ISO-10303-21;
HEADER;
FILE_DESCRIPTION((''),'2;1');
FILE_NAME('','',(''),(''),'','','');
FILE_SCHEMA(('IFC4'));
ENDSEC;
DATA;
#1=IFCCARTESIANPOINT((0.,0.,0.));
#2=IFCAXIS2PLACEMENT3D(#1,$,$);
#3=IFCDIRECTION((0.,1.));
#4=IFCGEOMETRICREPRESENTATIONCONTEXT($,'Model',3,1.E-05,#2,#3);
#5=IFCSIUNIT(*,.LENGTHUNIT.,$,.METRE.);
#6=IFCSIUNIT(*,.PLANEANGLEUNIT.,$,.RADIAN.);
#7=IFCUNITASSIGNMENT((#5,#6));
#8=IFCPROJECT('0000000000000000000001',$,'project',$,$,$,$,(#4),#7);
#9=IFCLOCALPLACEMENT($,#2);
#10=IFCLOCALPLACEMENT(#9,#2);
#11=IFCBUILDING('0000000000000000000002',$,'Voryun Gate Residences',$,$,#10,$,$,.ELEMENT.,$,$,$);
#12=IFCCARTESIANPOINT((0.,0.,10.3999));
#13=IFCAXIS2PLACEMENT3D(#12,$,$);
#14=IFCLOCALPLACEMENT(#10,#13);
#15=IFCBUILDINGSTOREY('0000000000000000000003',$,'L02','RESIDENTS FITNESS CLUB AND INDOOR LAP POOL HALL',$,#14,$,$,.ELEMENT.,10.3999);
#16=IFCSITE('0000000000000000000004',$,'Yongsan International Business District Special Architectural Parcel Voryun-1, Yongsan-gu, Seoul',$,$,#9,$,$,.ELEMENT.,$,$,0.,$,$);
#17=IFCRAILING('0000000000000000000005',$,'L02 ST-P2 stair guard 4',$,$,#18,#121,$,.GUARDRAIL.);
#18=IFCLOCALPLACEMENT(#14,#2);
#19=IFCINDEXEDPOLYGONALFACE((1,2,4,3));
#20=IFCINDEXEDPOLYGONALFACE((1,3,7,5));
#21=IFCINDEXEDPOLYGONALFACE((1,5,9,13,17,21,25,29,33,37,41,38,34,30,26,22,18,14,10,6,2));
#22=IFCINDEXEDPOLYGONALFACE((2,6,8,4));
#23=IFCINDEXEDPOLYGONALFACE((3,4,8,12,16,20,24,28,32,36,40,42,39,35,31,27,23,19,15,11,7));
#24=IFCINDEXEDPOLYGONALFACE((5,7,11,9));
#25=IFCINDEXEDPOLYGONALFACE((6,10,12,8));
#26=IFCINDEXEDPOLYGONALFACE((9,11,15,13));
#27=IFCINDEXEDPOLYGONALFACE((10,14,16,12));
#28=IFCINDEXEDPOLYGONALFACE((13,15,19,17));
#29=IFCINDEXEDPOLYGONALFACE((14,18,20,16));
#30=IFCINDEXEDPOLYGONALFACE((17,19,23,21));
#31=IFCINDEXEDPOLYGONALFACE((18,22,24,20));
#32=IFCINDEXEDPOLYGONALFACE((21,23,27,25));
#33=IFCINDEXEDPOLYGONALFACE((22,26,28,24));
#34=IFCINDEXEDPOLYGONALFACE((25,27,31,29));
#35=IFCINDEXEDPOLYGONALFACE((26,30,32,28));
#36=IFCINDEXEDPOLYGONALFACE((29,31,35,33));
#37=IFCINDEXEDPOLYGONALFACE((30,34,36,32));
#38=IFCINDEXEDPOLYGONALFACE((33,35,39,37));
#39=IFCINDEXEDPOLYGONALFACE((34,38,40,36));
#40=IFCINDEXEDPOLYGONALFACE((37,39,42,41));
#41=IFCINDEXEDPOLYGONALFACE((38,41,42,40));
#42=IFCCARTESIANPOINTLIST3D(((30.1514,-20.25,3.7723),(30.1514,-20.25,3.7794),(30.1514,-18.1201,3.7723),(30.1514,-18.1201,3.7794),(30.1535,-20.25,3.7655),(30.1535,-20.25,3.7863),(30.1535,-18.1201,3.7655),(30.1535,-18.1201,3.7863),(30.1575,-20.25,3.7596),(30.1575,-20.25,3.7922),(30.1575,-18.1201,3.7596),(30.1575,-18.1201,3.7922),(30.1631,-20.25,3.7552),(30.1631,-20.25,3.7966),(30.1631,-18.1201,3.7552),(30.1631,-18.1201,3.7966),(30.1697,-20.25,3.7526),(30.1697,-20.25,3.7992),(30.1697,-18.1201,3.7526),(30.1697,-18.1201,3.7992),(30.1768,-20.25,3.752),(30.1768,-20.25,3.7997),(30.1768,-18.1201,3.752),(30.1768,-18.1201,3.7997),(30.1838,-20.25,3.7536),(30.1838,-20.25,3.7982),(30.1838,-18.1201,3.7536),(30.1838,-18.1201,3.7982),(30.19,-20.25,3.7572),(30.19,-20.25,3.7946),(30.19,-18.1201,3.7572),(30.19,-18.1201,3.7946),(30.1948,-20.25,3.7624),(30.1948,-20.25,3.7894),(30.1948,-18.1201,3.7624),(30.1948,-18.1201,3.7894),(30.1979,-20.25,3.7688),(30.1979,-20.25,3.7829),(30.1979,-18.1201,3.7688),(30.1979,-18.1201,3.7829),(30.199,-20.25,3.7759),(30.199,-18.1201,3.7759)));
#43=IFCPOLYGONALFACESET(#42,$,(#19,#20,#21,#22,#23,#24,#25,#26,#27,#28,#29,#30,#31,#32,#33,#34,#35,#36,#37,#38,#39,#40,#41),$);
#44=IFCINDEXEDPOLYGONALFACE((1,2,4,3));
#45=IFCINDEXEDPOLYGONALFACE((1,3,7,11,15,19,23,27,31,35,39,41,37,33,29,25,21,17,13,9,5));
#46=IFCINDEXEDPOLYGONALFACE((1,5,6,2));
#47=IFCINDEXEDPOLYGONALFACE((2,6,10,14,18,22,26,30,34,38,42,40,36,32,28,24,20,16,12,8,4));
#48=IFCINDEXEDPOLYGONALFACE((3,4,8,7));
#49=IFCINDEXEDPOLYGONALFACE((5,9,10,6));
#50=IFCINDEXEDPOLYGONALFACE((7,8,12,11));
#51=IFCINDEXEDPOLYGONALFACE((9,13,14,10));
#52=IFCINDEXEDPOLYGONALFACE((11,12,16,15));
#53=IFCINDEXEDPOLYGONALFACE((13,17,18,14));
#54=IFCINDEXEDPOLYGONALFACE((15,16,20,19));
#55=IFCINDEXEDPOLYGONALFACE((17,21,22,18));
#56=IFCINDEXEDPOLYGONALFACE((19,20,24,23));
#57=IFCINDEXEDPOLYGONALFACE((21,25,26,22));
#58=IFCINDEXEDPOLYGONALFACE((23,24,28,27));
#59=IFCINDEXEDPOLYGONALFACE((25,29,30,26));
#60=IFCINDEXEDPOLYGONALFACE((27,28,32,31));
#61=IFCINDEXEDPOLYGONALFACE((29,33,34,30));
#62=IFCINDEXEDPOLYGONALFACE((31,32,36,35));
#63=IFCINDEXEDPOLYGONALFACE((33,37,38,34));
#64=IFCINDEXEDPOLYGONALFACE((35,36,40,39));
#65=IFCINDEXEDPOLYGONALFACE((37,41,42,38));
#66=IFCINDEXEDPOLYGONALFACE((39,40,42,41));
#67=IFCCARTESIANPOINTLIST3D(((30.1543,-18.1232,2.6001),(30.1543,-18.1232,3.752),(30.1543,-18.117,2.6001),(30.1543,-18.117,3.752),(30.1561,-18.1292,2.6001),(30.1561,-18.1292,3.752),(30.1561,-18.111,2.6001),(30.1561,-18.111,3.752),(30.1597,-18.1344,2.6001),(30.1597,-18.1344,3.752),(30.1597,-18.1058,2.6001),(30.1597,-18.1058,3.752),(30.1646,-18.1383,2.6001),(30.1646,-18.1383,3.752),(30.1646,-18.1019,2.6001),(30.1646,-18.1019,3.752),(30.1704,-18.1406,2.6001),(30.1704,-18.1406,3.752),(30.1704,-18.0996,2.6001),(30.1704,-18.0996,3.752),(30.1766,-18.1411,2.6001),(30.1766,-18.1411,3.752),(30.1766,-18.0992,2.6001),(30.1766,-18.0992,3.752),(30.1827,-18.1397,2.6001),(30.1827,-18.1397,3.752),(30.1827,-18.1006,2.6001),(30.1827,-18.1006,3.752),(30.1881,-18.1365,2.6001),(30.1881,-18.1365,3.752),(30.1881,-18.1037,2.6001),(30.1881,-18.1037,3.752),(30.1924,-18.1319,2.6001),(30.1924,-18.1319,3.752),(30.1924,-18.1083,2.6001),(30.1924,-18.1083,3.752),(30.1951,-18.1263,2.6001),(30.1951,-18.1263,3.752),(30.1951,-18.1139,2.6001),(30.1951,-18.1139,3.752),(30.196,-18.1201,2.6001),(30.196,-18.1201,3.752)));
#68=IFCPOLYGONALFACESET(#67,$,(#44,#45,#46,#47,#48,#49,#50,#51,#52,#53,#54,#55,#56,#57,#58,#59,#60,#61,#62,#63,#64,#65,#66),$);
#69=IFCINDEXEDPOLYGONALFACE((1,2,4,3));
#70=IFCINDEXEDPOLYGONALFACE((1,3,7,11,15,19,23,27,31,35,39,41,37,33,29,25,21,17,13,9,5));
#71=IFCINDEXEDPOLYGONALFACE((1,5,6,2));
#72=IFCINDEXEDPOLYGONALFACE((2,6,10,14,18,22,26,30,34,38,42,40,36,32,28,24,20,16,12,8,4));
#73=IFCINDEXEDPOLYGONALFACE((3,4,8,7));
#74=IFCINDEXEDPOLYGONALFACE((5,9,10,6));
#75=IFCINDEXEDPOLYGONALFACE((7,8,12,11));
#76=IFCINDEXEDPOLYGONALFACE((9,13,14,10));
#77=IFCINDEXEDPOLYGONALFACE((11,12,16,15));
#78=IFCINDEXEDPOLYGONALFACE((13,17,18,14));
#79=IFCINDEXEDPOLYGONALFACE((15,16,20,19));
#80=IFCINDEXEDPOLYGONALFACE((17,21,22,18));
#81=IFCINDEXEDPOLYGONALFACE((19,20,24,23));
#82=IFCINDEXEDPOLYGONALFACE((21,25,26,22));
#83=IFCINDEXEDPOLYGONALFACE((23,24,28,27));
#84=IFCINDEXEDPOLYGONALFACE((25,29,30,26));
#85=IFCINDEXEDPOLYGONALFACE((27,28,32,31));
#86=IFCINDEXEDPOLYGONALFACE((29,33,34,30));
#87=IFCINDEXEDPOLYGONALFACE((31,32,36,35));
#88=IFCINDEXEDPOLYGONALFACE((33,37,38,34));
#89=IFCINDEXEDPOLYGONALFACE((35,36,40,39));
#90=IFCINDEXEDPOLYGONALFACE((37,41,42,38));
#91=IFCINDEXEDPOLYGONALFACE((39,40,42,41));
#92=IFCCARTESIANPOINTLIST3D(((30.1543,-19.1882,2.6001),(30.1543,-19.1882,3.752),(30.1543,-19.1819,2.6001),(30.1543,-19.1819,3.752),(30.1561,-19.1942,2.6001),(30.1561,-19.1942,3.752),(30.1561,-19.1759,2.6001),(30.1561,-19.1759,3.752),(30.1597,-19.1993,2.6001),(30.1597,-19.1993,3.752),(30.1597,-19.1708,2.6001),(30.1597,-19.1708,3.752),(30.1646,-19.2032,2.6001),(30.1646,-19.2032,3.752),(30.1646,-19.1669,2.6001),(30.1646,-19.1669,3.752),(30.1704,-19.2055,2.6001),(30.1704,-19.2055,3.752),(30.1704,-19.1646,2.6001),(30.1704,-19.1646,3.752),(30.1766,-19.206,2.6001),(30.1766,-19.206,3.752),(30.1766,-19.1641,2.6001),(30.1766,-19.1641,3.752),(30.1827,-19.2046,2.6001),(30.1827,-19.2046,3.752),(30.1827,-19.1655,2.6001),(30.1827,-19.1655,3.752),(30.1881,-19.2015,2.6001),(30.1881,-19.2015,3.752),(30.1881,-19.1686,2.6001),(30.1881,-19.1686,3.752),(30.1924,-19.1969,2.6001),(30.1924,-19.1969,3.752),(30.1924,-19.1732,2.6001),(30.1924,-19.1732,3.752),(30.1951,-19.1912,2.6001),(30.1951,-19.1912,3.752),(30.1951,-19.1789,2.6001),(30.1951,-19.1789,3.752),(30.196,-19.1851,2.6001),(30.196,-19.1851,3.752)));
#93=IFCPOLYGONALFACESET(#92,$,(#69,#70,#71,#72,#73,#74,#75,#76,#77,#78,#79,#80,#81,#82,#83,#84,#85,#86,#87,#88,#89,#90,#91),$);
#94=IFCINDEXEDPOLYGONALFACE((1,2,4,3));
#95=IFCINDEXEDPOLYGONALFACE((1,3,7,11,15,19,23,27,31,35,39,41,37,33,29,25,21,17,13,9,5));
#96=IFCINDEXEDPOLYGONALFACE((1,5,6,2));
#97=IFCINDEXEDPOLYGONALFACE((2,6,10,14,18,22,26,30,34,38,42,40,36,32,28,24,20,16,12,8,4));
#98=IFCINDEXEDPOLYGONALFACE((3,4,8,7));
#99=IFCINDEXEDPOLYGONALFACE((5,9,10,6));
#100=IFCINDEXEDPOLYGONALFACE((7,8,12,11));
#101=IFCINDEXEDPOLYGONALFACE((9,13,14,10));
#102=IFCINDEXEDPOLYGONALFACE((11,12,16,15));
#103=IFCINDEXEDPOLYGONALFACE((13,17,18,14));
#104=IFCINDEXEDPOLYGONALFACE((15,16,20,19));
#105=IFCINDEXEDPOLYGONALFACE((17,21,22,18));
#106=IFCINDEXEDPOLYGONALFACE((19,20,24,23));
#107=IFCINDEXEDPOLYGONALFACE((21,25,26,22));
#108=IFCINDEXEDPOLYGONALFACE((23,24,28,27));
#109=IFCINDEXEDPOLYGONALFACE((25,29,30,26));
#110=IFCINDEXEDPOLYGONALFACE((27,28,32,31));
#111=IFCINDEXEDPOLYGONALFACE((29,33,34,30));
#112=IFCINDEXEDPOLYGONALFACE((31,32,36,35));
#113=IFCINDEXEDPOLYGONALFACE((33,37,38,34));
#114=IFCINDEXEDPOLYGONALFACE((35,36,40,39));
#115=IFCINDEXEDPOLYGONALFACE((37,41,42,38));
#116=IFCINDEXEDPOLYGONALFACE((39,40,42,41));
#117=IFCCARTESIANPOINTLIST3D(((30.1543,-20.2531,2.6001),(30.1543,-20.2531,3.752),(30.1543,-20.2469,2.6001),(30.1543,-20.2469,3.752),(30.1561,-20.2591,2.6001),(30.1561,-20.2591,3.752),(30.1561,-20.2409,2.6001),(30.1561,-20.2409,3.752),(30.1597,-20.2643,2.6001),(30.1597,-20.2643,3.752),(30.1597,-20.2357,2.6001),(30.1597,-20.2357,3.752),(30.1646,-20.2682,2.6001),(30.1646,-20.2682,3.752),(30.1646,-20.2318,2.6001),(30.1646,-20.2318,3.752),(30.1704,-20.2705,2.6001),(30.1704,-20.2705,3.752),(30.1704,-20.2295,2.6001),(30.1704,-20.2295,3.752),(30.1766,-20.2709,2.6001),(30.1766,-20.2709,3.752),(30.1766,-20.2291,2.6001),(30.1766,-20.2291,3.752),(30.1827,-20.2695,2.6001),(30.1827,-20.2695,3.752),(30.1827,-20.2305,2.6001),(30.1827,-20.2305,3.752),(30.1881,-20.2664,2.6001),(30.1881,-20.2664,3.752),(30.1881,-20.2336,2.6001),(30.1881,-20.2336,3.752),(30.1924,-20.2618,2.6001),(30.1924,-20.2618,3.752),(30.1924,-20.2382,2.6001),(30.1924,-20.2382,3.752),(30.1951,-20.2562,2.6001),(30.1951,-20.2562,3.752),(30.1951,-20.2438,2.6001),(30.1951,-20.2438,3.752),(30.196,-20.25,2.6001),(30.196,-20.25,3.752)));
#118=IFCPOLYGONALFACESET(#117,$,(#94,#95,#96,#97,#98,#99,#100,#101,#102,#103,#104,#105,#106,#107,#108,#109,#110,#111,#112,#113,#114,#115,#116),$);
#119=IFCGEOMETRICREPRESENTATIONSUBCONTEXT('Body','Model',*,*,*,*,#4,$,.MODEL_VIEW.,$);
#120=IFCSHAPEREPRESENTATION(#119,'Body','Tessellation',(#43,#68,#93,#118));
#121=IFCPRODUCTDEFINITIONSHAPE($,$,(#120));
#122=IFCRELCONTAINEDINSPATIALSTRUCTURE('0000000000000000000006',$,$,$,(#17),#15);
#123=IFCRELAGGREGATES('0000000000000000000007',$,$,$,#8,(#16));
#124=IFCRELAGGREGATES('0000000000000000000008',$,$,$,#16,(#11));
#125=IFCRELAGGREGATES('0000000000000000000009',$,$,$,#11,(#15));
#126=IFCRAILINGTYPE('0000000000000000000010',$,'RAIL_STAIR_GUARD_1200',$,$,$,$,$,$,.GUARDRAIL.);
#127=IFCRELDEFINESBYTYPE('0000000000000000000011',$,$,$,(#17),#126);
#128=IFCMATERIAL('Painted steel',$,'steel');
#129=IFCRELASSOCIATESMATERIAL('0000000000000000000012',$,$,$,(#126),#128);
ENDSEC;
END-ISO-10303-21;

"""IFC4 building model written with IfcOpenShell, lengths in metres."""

from ifc_helpers import new_model, si_unit, direction, frame, origin, origin_2d, place, context, subcontext, project, spatial, circle, extrude, material, type_object, element, save


model = new_model("IFC4")

# Units and contexts
model_context = context("Model", 3, precision=1e-05, world=origin(), true_north=direction((0.0, 1.0)))
body_context = subcontext(model_context, "Body", "Model", "MODEL_VIEW")
ifc_project = project(units=[si_unit("LENGTHUNIT", "METRE"), si_unit("PLANEANGLEUNIT", "RADIAN")], contexts=[model_context])

# Site, building, storey
site_placement = place(None, origin())
site = spatial("IfcSite", under=ifc_project, at=site_placement, Name="Yongsan International Business District Special Architectural Parcel Voryun-1, Yongsan-gu, Seoul", CompositionType="ELEMENT", RefElevation=0.0)
building_placement = place(site_placement, origin())
building = spatial("IfcBuilding", under=site, at=building_placement, Name="Voryun Gate Residences", CompositionType="ELEMENT")
storey_placement = place(building_placement, frame((0.0, 0.0, 10.3999)))
storey = spatial("IfcBuildingStorey", under=building, at=storey_placement, Name="L02", Description="RESIDENTS FITNESS CLUB AND INDOOR LAP POOL HALL", CompositionType="ELEMENT", Elevation=10.3999)

# Railing
ifc_material_1 = material(Name="Painted steel", Category="steel")
railing_type_1 = type_object("IfcRailingType", Name="RAIL_STAIR_GUARD_1200", PredefinedType="GUARDRAIL", material=ifc_material_1)
for number, where, name in (
    (1, (30.175, -18.1201, 2.6001), "L02 ST-P2 stair guard 4"),
):
    element("IfcRailing", number, at=place(storey_placement, frame(where)), inside=storey, type_object=railing_type_1, Name=name, PredefinedType="GUARDRAIL", context=body_context, shape_type="SweptSolid", body=[
        extrude(circle(Radius=0.0239, at=origin_2d()), frame((0.0, 0.0, 1.1758), z_axis=(0.0, -1.0, 0.0), x_axis=(1.0, 0.0, 0.0)), (0.0, 0.0, 1.0), 2.1299),
        extrude(circle(Radius=0.021, at=origin_2d()), origin(), (0.0, 0.0, 1.0), 1.1519),
        extrude(circle(Radius=0.021, at=origin_2d()), frame((0.0, -1.0649, 0.0)), (0.0, 0.0, 1.0), 1.1519),
        extrude(circle(Radius=0.021, at=origin_2d()), frame((0.0, -2.1299, 0.0)), (0.0, 0.0, 1.0), 1.1519),
    ])

save(model, "model.ifc")
